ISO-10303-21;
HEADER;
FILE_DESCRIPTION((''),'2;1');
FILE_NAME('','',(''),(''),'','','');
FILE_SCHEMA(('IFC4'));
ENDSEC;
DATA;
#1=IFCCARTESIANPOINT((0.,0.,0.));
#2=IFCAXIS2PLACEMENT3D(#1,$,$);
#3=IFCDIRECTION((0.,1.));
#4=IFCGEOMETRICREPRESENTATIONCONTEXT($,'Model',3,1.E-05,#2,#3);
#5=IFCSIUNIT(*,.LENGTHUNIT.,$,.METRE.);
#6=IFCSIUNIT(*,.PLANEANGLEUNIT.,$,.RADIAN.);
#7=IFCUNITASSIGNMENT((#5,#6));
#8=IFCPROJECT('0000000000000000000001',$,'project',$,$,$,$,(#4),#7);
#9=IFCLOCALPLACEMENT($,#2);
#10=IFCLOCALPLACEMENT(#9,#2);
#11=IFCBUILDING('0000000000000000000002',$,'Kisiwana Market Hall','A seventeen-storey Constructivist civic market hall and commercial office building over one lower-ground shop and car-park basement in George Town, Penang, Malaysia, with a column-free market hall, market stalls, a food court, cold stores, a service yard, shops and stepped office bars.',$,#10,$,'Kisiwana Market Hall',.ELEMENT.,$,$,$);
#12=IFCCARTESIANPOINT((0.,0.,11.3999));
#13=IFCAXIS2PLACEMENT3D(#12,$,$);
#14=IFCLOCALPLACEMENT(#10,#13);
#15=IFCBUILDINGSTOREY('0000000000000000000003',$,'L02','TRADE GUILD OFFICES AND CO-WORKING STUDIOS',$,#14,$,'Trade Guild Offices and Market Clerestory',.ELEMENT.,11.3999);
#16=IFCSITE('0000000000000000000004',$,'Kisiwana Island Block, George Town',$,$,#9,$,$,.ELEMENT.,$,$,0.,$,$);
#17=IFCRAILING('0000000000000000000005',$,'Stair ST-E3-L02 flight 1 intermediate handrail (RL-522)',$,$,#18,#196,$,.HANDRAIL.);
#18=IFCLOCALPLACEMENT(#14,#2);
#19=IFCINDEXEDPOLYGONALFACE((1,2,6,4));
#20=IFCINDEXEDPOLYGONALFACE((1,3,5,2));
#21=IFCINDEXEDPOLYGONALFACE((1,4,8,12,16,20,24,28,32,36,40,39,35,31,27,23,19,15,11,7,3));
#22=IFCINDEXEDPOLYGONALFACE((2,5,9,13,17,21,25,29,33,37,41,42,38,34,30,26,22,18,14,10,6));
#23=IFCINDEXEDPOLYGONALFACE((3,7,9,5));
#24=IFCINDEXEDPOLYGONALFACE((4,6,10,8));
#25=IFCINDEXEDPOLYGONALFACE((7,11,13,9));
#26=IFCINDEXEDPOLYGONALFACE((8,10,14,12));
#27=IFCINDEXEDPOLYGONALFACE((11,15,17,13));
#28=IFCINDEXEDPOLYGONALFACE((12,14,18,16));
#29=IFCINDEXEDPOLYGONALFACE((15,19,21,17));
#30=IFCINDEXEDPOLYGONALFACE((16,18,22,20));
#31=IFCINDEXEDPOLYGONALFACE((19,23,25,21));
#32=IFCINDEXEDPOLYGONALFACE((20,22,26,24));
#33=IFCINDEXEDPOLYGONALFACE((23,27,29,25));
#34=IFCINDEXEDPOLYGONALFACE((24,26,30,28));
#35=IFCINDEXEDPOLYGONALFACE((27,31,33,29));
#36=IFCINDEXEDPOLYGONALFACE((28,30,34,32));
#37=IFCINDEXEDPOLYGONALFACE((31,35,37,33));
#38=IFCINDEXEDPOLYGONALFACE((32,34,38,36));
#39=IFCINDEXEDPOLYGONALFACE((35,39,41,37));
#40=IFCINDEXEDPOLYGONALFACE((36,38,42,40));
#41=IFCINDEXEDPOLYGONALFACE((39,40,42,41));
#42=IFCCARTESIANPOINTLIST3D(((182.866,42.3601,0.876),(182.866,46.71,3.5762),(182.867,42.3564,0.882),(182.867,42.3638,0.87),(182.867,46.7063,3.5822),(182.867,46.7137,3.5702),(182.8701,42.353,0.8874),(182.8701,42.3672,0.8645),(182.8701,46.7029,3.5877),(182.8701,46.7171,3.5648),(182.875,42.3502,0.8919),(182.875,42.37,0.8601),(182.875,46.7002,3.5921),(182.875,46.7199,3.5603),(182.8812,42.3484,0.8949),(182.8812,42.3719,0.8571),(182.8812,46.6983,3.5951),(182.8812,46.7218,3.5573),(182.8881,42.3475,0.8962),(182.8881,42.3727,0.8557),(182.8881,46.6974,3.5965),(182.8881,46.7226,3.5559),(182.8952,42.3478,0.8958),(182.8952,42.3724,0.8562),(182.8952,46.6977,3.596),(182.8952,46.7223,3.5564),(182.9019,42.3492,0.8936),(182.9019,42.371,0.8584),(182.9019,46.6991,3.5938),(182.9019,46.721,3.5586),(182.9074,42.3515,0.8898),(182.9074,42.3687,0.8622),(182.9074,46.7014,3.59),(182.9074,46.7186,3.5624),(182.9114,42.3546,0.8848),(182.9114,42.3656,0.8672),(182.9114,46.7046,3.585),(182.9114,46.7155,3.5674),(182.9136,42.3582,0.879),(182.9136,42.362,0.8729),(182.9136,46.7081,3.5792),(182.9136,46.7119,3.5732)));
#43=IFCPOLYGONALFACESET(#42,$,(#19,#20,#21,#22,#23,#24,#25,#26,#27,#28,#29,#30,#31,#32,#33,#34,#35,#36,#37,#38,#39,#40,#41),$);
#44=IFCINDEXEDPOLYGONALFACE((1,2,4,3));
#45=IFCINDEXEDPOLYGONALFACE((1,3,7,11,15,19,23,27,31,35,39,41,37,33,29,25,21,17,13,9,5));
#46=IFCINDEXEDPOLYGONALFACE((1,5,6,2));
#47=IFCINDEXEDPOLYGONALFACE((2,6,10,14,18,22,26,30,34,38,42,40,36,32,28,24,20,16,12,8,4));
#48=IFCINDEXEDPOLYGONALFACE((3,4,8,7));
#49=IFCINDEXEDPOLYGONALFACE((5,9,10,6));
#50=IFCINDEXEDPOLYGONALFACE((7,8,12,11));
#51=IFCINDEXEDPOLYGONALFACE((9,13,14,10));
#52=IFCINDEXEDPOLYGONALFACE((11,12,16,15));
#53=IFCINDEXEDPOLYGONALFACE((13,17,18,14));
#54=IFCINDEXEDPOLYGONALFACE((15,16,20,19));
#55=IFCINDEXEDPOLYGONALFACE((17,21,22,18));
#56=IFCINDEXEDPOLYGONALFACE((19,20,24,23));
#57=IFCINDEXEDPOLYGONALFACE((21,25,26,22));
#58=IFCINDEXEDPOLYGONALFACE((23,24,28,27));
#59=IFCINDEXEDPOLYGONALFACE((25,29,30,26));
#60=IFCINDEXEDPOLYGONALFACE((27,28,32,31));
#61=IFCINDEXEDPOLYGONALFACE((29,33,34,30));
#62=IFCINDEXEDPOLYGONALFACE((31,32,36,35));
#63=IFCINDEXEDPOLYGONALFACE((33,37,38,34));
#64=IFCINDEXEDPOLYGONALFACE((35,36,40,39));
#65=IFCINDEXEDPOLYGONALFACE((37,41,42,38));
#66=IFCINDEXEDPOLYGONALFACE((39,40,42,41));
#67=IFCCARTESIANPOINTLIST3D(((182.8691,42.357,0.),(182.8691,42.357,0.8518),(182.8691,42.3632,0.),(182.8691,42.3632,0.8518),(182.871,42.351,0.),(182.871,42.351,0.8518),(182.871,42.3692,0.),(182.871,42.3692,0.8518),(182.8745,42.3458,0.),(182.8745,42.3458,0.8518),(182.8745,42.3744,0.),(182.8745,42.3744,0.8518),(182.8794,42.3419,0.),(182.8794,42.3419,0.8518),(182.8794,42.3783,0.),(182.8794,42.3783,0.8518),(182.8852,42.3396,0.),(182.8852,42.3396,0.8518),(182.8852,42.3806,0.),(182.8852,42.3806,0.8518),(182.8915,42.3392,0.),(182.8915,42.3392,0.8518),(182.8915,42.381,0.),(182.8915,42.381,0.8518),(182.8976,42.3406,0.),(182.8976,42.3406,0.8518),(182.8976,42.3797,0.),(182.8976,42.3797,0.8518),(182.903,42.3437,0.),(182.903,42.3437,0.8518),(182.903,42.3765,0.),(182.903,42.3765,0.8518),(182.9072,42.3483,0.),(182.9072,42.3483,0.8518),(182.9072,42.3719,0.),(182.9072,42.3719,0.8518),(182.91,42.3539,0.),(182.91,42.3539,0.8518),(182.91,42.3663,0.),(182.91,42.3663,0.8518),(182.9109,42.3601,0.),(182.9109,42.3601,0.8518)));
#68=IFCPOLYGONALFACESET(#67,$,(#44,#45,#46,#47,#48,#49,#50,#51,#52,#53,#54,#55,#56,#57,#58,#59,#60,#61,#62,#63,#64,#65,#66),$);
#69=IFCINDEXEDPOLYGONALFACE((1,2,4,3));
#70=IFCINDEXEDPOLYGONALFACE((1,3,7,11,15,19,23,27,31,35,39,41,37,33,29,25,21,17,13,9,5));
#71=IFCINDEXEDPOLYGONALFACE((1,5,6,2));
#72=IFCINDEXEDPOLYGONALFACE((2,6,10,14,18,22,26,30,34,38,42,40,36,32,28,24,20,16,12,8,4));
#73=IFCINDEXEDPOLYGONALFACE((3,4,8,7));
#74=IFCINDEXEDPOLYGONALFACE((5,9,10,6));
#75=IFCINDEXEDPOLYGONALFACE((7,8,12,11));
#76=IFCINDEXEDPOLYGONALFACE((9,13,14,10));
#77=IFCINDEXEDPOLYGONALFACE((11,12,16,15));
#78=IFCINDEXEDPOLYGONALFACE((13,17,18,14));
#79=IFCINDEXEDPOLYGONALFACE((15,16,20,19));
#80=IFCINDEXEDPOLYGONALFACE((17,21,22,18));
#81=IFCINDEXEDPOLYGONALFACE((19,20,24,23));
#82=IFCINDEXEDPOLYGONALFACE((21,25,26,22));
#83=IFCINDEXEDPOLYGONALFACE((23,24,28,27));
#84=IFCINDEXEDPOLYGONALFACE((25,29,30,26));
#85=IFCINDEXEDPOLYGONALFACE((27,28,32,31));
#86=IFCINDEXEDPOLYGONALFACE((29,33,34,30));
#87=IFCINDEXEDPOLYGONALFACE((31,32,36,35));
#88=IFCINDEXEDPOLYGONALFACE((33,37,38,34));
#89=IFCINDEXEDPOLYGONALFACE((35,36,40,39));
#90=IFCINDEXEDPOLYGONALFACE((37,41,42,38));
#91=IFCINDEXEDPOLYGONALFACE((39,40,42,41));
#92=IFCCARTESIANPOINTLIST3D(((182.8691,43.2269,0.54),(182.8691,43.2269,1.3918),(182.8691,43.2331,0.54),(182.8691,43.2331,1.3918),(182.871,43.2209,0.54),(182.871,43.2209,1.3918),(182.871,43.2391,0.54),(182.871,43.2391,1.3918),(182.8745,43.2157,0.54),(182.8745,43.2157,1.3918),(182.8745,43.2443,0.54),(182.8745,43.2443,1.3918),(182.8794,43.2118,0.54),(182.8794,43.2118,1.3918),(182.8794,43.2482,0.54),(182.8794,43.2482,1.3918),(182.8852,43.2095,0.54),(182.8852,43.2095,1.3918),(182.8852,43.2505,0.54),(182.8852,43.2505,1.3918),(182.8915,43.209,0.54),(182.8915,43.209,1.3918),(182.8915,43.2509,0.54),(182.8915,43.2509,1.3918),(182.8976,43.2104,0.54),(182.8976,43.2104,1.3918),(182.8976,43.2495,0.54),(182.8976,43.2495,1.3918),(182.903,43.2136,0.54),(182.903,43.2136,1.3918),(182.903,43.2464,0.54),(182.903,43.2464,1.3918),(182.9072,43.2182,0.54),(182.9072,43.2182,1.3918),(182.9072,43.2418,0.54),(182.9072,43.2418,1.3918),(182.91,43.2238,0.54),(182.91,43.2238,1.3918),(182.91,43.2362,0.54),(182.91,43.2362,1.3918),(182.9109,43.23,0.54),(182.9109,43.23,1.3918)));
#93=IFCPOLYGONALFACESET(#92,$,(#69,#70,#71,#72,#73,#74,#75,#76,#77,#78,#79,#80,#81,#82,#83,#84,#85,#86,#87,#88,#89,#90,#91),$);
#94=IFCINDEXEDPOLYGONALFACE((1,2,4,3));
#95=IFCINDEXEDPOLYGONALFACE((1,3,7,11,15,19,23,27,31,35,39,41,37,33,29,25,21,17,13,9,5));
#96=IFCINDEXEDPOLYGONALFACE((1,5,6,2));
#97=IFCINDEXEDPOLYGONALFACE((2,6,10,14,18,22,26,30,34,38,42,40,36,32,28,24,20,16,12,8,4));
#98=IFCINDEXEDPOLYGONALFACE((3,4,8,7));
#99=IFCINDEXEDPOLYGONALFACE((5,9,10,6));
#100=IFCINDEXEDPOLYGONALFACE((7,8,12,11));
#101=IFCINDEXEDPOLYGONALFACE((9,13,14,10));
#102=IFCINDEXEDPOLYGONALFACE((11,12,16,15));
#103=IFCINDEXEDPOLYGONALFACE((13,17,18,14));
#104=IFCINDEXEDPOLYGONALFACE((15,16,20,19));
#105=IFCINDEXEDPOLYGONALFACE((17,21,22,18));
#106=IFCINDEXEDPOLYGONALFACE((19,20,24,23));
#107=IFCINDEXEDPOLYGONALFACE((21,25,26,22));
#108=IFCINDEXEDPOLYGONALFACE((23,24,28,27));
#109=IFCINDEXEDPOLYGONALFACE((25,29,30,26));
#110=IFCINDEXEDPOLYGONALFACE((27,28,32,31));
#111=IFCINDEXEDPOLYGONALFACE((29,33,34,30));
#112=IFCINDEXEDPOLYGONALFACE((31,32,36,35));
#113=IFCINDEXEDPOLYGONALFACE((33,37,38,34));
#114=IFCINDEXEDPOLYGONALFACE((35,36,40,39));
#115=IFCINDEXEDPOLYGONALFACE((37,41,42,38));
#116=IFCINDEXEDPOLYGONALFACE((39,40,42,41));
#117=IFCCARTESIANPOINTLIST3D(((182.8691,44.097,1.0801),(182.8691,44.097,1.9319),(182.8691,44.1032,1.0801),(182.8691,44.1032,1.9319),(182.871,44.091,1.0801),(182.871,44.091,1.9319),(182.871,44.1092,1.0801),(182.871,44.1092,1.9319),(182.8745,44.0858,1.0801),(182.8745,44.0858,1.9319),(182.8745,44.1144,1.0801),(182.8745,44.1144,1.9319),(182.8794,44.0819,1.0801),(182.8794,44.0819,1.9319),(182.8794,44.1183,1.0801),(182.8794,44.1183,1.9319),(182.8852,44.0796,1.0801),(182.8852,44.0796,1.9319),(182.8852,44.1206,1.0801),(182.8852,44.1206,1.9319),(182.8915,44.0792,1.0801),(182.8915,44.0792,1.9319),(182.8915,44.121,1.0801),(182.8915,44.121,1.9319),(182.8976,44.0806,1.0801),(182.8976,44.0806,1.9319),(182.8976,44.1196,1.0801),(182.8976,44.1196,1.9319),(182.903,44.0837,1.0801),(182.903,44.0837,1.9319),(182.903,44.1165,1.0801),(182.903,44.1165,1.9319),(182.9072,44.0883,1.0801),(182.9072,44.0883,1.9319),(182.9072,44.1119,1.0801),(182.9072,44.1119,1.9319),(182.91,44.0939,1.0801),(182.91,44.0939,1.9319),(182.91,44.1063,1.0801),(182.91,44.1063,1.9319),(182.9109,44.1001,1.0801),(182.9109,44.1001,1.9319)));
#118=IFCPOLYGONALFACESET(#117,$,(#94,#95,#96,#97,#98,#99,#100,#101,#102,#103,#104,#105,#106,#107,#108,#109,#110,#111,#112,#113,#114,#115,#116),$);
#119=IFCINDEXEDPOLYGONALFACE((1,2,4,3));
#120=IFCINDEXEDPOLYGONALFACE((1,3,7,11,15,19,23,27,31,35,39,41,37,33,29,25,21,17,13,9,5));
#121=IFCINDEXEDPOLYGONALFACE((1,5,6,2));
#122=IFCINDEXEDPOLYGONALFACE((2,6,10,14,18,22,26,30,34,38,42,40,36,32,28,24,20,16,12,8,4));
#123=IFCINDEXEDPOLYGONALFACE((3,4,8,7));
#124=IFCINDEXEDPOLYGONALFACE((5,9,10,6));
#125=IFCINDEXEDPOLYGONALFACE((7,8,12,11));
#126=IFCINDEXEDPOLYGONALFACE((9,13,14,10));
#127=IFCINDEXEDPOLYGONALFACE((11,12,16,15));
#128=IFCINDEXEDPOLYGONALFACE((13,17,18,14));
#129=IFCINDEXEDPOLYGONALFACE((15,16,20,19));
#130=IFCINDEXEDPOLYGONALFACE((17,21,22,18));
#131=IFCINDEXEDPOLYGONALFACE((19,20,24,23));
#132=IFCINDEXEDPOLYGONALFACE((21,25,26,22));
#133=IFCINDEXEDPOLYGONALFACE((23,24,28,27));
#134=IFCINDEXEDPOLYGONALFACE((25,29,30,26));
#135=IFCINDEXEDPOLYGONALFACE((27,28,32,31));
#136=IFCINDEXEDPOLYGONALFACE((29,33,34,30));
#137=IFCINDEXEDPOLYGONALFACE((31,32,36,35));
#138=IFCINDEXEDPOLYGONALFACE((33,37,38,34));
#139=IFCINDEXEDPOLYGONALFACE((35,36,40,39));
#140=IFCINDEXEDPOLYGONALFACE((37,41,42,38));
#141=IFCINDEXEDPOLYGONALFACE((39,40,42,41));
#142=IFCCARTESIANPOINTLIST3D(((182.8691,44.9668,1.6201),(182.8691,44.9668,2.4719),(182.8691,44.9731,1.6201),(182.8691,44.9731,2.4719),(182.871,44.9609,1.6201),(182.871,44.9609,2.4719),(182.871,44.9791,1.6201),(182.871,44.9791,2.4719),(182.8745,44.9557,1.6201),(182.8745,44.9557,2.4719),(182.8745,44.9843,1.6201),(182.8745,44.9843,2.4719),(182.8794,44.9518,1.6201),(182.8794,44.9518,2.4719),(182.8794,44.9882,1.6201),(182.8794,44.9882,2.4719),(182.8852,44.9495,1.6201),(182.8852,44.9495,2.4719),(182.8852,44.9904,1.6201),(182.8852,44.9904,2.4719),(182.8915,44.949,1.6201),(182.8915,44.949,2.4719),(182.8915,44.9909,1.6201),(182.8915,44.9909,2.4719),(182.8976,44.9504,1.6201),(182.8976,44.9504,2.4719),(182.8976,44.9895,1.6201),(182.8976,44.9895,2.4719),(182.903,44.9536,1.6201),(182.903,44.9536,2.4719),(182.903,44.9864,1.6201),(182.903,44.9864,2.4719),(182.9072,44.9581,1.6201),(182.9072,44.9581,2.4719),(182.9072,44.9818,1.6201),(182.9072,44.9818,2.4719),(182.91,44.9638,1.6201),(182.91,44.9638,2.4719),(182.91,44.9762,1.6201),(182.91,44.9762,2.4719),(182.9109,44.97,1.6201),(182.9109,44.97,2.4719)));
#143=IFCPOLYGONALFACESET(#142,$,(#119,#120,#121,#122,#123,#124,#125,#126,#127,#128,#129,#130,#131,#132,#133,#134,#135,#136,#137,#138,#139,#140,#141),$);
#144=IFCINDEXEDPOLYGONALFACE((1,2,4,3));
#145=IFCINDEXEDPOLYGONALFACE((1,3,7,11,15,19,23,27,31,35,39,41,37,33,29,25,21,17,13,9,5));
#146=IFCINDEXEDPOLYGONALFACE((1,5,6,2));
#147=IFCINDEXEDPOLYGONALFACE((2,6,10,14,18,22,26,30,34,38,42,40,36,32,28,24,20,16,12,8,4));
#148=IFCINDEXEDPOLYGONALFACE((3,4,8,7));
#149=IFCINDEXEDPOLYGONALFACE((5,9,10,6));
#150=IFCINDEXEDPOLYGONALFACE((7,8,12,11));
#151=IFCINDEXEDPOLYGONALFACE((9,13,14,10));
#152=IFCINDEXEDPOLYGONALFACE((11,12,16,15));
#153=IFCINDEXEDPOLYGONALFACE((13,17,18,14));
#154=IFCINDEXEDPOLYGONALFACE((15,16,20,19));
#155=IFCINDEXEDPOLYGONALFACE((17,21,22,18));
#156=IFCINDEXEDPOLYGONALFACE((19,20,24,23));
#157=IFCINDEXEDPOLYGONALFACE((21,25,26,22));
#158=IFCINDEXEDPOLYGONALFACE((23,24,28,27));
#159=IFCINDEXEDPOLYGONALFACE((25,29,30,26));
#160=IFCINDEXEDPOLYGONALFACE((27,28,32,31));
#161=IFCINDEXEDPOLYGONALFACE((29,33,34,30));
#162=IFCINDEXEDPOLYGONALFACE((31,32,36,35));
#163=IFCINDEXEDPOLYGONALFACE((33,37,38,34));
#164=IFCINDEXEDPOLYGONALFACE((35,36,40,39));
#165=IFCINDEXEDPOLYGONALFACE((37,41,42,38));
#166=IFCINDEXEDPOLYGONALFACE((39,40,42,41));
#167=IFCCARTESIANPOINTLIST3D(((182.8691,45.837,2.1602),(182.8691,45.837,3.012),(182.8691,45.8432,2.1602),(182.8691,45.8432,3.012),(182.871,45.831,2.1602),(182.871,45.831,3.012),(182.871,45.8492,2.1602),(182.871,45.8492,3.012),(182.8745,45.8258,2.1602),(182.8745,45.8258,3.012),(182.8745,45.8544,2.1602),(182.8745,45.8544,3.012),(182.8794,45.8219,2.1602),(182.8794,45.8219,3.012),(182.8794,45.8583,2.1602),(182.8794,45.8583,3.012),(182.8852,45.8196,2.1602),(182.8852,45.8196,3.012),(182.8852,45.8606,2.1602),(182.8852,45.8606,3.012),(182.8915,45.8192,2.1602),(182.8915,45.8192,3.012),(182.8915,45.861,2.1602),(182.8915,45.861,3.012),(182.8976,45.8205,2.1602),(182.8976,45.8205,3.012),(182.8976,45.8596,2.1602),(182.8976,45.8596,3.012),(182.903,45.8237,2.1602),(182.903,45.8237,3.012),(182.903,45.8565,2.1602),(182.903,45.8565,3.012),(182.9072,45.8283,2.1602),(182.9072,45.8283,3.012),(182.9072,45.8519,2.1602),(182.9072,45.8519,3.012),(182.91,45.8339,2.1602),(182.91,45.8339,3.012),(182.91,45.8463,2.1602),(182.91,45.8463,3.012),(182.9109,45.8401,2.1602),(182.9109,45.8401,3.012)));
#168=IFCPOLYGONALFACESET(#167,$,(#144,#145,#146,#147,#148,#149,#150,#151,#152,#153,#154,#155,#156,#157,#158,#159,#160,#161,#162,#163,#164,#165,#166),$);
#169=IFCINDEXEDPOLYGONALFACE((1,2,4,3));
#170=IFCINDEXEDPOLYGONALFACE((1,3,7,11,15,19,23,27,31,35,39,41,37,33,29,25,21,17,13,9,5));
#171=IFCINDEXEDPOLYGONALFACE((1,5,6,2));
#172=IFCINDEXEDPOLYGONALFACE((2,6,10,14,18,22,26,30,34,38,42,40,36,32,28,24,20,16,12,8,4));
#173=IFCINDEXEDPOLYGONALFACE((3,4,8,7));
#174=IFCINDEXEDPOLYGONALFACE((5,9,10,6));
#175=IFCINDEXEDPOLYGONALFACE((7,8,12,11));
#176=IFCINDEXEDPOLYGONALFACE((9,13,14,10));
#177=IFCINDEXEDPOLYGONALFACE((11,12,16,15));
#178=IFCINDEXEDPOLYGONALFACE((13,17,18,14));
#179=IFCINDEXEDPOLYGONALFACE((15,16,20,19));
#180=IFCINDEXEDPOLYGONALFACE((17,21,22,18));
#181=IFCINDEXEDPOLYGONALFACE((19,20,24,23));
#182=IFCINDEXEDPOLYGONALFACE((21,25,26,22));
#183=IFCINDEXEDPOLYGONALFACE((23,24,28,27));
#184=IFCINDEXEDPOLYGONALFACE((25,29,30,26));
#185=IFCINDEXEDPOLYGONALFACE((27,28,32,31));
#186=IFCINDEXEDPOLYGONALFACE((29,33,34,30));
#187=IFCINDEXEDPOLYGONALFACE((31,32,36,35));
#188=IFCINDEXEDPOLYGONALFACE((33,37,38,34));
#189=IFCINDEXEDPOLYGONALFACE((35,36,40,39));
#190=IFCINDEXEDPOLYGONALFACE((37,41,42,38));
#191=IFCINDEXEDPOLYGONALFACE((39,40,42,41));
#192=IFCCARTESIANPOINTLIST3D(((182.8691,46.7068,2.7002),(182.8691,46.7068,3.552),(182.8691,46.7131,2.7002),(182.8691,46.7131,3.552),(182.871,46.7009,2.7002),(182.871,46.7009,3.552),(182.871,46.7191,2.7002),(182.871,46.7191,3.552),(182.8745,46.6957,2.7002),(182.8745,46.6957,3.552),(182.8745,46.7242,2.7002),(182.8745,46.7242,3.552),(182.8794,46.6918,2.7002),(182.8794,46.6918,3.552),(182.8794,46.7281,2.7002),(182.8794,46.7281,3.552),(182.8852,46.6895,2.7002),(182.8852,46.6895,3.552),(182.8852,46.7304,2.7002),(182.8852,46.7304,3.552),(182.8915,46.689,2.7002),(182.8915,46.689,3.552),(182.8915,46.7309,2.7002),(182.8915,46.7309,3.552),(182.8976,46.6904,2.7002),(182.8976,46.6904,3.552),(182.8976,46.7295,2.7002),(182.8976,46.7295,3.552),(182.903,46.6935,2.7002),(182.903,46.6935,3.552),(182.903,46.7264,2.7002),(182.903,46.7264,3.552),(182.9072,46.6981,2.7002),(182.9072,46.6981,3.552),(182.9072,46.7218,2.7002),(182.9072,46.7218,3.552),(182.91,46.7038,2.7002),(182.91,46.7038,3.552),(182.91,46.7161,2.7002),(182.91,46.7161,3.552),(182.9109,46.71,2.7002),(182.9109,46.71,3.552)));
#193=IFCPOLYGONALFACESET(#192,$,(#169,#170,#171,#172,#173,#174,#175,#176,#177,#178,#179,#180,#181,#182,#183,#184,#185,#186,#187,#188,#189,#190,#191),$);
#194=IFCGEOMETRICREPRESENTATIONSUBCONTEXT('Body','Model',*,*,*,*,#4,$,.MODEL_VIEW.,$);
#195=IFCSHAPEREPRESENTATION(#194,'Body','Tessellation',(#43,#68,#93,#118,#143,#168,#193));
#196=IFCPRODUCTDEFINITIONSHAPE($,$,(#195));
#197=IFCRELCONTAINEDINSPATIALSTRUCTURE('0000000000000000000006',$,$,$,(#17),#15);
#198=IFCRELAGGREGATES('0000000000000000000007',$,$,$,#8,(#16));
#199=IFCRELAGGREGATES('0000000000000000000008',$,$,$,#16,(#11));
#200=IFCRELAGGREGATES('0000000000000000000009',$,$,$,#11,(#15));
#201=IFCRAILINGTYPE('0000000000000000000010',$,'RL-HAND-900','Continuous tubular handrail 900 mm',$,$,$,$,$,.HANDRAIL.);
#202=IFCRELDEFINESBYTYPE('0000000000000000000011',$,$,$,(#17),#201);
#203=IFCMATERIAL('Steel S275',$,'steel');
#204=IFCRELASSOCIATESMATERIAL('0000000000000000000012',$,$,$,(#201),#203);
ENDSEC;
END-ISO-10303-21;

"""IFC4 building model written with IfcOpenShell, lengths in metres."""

from ifc_helpers import new_model, si_unit, direction, frame, origin, origin_2d, place, context, subcontext, project, spatial, circle, extrude, material, type_object, element, save


model = new_model("IFC4")

# Units and contexts
model_context = context("Model", 3, precision=1e-05, world=origin(), true_north=direction((0.0, 1.0)))
body_context = subcontext(model_context, "Body", "Model", "MODEL_VIEW")
ifc_project = project(units=[si_unit("LENGTHUNIT", "METRE"), si_unit("PLANEANGLEUNIT", "RADIAN")], contexts=[model_context])

# Site, building, storey
site_placement = place(None, origin())
site = spatial("IfcSite", under=ifc_project, at=site_placement, Name="Kisiwana Island Block, George Town", CompositionType="ELEMENT", RefElevation=0.0)
building_placement = place(site_placement, origin())
building = spatial("IfcBuilding", under=site, at=building_placement, Name="Kisiwana Market Hall", Description="A seventeen-storey Constructivist civic market hall and commercial office building over one lower-ground shop and car-park basement in George Town, Penang, Malaysia, with a column-free market hall, market stalls, a food court, cold stores, a service yard, shops and stepped office bars.", LongName="Kisiwana Market Hall", CompositionType="ELEMENT")
storey_placement = place(building_placement, frame((0.0, 0.0, 11.3999)))
storey = spatial("IfcBuildingStorey", under=building, at=storey_placement, Name="L02", Description="TRADE GUILD OFFICES AND CO-WORKING STUDIOS", LongName="Trade Guild Offices and Market Clerestory", CompositionType="ELEMENT", Elevation=11.3999)

# Railing
ifc_material_1 = material(Name="Steel S275", Category="steel")
railing_type_1 = type_object("IfcRailingType", Name="RL-HAND-900", Description="Continuous tubular handrail 900 mm", PredefinedType="HANDRAIL", material=ifc_material_1)
railing_1_placement = place(storey_placement, frame((182.8899, 42.3601, 0.0)))
element("IfcRailing", 1, at=railing_1_placement, inside=storey, type_object=railing_type_1, Name="Stair ST-E3-L02 flight 1 intermediate handrail (RL-522)", PredefinedType="HANDRAIL", context=body_context, shape_type="SweptSolid", body=[
    extrude(circle(Radius=0.0239, at=origin_2d()), frame((0.0, 0.0, 0.876), z_axis=(0.0, 0.849615, 0.527403), x_axis=(-1.0, 0.0, 0.0)), (0.0, 0.0, 1.0), 5.1199),
    extrude(circle(Radius=0.021, at=origin_2d()), origin(), (0.0, 0.0, 1.0), 0.8518),
    extrude(circle(Radius=0.021, at=origin_2d()), frame((0.0, 0.8699, 0.54)), (0.0, 0.0, 1.0), 0.8518),
    extrude(circle(Radius=0.021, at=origin_2d()), frame((0.0, 1.74, 1.0801)), (0.0, 0.0, 1.0), 0.8518),
    extrude(circle(Radius=0.021, at=origin_2d()), frame((0.0, 2.6099, 1.6201)), (0.0, 0.0, 1.0), 0.8518),
    extrude(circle(Radius=0.021, at=origin_2d()), frame((0.0, 3.48, 2.1602)), (0.0, 0.0, 1.0), 0.8518),
    extrude(circle(Radius=0.021, at=origin_2d()), frame((0.0, 4.3499, 2.7002)), (0.0, 0.0, 1.0), 0.8518),
])

save(model, "model.ifc")
